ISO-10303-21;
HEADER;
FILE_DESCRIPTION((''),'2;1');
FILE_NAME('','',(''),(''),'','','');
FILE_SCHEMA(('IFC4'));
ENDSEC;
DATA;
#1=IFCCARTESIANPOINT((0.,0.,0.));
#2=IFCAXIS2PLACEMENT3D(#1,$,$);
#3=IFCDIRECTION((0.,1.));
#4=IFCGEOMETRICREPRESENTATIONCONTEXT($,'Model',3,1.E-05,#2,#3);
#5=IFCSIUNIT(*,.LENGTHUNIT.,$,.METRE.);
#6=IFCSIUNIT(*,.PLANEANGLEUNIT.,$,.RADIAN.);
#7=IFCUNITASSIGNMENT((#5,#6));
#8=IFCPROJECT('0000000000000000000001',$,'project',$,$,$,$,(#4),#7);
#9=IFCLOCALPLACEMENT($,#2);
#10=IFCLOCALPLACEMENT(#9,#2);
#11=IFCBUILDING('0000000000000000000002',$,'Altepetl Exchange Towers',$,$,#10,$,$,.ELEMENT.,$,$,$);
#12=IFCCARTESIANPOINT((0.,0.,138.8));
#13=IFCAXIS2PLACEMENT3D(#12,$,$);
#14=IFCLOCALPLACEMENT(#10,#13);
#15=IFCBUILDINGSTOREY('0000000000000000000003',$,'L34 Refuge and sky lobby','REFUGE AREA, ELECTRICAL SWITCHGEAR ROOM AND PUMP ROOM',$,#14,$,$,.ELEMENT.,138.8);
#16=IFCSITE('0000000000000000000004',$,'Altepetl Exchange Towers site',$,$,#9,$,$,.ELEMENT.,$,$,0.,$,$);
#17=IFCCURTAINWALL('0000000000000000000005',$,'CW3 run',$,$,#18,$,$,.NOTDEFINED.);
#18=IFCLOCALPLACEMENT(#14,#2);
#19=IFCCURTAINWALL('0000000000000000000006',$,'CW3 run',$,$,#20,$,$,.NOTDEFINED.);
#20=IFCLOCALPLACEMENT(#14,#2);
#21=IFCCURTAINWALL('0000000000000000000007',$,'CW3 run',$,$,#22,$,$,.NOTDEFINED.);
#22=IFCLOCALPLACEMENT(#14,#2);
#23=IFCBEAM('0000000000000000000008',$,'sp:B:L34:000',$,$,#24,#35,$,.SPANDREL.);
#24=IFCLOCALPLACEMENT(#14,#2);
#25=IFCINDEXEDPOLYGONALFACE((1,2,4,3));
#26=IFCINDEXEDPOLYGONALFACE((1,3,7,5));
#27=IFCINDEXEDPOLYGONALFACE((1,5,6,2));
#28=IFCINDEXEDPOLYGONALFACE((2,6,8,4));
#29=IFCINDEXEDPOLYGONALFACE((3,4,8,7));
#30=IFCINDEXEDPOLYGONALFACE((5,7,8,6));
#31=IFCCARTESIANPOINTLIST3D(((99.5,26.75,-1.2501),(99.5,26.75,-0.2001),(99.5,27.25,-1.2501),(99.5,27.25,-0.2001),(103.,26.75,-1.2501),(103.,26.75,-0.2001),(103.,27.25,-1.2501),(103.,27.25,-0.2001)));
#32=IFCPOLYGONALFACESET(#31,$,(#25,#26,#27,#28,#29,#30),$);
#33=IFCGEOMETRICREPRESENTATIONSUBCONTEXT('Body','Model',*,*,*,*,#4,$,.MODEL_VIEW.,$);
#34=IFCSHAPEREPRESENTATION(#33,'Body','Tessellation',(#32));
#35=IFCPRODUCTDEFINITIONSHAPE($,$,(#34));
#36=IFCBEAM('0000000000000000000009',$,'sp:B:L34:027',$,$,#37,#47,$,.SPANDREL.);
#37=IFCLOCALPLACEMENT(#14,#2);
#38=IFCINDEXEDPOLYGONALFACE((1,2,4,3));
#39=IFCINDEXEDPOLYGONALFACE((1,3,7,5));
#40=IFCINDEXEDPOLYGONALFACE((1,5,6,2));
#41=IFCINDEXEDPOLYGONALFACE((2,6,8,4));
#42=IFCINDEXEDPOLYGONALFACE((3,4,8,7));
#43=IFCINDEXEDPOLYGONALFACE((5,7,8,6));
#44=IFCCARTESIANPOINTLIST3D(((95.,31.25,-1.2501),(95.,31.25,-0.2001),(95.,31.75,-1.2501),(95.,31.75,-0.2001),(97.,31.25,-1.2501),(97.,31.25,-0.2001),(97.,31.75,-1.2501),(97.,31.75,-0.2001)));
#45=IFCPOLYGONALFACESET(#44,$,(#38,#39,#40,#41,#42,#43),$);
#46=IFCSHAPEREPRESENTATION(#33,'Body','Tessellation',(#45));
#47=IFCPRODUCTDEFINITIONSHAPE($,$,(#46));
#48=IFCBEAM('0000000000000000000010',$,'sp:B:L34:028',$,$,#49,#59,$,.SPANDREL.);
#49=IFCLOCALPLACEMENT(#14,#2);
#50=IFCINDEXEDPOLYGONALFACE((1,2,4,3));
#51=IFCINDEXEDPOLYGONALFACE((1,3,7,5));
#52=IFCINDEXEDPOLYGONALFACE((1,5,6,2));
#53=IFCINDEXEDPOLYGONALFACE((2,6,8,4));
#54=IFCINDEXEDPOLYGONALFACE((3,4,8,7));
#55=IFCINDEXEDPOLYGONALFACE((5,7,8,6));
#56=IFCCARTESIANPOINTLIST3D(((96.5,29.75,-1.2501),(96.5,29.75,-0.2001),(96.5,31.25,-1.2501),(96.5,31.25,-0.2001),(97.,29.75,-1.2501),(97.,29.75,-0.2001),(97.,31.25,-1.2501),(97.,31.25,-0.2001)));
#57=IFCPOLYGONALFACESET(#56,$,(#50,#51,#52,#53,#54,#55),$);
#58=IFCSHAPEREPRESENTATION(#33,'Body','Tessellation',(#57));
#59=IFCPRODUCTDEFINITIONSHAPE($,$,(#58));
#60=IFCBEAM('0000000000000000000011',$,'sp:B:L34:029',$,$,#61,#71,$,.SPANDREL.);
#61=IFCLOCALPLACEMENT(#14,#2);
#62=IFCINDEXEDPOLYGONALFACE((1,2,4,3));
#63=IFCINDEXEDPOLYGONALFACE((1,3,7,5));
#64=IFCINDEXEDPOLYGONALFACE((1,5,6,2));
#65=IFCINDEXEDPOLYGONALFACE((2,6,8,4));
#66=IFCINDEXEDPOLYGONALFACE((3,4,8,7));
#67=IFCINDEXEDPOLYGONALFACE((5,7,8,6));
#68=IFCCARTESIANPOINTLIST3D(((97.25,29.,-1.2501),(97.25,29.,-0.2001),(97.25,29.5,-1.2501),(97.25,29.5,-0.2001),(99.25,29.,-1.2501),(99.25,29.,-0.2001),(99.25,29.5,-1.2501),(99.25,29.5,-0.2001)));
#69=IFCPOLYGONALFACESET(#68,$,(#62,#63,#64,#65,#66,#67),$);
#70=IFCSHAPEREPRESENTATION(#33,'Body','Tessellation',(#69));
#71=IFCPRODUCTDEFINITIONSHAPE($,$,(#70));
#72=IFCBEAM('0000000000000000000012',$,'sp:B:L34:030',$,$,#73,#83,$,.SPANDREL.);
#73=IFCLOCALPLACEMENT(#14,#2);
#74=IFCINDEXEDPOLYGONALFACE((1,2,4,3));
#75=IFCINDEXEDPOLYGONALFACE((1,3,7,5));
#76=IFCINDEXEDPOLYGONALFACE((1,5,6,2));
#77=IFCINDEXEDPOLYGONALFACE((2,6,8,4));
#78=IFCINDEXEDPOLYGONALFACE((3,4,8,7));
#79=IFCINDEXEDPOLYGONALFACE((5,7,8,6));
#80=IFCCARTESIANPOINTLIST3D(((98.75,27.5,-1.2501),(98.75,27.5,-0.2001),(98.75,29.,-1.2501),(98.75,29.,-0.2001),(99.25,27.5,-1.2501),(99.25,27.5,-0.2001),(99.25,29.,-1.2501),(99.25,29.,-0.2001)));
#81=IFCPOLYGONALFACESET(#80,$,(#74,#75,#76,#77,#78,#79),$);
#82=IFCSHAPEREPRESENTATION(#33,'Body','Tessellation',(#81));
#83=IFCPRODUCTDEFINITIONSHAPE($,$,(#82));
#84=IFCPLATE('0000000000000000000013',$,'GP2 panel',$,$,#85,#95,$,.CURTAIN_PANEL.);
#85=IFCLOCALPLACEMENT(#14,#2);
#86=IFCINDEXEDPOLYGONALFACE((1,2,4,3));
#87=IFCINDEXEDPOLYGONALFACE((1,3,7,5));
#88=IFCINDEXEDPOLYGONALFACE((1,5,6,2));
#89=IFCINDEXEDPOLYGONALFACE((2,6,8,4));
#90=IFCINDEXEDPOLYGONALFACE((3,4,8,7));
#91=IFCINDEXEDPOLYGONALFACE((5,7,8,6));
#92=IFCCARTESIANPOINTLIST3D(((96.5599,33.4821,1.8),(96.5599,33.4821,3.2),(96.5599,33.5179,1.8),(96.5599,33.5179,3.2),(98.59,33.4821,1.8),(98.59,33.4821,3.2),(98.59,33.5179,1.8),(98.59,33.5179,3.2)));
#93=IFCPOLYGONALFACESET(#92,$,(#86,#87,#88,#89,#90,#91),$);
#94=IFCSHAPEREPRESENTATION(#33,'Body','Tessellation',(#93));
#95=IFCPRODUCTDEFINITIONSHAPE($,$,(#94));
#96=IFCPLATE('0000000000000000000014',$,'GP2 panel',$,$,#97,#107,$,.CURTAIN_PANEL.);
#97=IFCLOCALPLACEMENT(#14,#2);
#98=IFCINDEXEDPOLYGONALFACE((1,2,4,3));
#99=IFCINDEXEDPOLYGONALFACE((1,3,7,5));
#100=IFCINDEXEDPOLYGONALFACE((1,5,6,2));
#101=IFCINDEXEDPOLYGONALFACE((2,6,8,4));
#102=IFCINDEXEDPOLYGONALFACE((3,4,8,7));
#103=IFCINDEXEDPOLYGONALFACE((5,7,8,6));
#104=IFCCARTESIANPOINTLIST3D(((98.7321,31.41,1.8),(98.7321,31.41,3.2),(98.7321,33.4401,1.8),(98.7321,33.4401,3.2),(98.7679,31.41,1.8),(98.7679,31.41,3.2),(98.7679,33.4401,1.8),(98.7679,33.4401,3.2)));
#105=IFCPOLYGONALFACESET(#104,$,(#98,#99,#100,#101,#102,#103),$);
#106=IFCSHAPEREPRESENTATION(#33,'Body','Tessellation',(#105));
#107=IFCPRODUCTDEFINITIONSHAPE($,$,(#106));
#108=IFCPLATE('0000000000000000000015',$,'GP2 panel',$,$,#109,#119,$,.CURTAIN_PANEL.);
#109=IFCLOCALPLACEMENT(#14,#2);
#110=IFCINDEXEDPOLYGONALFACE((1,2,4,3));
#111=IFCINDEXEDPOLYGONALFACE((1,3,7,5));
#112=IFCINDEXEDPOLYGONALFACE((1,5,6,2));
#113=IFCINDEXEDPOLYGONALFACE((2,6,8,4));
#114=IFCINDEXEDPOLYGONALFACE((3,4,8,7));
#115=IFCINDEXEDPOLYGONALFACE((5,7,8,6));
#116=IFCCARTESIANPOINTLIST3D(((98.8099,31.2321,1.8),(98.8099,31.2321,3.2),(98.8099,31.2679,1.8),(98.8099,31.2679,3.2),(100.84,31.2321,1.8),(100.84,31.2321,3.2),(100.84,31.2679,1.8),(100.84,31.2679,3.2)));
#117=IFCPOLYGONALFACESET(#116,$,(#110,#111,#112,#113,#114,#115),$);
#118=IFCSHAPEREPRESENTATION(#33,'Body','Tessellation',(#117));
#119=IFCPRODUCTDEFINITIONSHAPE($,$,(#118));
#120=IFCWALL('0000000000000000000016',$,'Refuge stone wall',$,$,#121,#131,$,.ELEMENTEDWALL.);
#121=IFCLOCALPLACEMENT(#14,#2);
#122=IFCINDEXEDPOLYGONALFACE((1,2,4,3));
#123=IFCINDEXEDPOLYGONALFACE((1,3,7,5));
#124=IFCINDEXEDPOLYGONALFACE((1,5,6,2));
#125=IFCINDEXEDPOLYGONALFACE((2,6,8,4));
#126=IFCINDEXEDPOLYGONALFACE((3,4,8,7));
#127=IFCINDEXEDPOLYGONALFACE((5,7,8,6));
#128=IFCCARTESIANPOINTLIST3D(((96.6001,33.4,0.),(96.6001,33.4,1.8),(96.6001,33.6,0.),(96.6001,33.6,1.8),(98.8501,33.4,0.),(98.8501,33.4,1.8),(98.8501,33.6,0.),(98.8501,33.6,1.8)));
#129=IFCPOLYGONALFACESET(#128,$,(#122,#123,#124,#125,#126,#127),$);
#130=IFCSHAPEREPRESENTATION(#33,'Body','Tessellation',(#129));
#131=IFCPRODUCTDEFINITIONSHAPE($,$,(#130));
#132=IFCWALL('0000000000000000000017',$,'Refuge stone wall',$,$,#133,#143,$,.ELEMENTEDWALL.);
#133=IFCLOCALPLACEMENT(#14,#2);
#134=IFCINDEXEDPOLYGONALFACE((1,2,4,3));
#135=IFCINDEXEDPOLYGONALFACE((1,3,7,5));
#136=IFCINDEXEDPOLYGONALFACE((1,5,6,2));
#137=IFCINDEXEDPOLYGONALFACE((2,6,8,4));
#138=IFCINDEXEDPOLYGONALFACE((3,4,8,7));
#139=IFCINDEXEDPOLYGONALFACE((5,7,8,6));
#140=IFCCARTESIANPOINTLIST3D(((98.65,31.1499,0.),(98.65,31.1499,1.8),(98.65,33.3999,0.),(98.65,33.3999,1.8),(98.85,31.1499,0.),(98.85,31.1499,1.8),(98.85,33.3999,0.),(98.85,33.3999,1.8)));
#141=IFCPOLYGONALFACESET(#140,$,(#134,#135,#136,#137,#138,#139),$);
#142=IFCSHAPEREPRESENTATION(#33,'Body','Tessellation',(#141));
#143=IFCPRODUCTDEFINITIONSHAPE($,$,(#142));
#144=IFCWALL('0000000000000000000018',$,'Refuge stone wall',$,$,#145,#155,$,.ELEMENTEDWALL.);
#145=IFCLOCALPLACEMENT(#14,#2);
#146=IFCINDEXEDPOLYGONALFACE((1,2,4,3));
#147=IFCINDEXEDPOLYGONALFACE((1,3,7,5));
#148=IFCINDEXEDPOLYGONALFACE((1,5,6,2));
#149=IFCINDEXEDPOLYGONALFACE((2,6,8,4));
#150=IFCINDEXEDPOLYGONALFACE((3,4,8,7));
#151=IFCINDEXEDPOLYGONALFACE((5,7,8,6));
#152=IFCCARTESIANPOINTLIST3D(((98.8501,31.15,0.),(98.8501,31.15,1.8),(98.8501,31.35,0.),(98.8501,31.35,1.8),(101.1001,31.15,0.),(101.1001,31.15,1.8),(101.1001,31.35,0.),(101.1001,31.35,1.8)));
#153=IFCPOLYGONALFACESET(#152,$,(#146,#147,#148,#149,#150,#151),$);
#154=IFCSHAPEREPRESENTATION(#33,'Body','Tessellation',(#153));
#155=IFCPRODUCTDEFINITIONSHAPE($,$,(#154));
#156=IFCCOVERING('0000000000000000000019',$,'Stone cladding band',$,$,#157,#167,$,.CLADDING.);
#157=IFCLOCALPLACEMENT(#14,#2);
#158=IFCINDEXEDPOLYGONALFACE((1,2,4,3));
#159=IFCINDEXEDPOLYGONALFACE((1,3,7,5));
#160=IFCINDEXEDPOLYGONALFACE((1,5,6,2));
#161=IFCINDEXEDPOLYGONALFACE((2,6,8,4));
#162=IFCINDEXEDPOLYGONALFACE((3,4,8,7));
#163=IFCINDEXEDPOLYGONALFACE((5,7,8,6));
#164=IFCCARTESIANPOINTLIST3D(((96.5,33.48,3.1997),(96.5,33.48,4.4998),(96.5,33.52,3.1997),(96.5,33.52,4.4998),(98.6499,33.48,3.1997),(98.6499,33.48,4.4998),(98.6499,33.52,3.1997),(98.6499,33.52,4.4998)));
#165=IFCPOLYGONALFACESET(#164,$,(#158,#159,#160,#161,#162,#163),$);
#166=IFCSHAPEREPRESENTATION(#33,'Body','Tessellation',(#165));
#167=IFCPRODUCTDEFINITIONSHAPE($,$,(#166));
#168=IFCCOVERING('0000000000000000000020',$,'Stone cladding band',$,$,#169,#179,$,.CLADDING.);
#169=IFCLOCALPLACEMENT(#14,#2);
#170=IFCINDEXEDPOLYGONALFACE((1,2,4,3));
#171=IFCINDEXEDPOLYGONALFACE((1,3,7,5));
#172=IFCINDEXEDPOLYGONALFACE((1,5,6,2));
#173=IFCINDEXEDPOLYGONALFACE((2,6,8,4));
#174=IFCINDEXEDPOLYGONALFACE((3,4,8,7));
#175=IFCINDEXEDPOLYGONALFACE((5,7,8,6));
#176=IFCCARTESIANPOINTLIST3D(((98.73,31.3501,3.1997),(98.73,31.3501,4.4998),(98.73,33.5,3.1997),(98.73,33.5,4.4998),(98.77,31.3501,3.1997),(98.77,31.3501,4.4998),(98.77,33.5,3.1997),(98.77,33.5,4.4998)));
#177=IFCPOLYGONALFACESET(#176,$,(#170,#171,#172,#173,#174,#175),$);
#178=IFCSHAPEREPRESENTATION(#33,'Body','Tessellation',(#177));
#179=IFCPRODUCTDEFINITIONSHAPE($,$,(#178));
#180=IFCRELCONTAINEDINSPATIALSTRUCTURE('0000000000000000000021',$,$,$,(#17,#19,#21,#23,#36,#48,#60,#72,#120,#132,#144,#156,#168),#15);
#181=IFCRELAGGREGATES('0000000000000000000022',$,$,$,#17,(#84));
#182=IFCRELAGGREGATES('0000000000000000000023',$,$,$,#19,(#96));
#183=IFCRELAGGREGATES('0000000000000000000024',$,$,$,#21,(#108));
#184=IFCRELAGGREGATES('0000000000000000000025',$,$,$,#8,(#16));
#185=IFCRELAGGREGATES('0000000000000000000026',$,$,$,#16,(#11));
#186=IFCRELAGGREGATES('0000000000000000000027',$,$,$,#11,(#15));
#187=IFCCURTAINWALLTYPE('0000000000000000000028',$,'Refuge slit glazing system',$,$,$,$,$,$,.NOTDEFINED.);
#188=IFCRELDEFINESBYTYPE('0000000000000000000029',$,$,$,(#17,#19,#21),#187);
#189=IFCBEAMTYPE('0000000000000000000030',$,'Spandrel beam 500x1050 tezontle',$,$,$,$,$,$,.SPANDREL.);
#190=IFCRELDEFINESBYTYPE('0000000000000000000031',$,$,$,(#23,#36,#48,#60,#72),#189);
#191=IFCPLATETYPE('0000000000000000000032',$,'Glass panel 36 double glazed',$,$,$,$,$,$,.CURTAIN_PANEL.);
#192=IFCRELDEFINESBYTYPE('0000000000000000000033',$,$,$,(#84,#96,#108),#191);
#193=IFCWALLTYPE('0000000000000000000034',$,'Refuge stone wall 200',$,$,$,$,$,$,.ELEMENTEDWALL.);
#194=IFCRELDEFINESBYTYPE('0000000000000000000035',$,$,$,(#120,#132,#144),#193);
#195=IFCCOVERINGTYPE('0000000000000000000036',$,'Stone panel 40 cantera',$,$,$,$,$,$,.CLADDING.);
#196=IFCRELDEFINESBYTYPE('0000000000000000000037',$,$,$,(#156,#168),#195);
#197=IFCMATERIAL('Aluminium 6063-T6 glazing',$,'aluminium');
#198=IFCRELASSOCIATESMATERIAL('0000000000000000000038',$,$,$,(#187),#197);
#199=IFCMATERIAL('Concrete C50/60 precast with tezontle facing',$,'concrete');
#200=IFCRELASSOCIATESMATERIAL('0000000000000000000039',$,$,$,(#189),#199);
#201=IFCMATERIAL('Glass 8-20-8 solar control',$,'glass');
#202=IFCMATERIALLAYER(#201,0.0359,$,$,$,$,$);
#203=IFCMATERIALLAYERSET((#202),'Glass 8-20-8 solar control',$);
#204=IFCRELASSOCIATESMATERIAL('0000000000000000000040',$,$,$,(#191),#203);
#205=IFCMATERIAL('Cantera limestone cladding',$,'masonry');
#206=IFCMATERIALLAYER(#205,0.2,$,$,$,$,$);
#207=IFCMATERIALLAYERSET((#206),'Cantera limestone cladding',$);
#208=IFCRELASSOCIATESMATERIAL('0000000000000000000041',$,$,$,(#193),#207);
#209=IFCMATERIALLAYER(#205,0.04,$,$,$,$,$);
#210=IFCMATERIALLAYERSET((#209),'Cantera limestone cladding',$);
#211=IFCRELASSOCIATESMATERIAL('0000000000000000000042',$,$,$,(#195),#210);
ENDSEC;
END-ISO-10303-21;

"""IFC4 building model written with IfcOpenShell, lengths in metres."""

from ifc_helpers import new_model, si_unit, direction, frame, frame_2d, origin, origin_2d, place, context, subcontext, project, spatial, rectangle, extrude, material, layer, layer_set, material_profile, profile_set, type_object, element, aggregate, save


model = new_model("IFC4")

# Units and contexts
model_context = context("Model", 3, precision=1e-05, world=origin(), true_north=direction((0.0, 1.0)))
body_context = subcontext(model_context, "Body", "Model", "MODEL_VIEW")
ifc_project = project(units=[si_unit("LENGTHUNIT", "METRE"), si_unit("PLANEANGLEUNIT", "RADIAN")], contexts=[model_context])

# Site, building, storey
site_placement = place(None, origin())
site = spatial("IfcSite", under=ifc_project, at=site_placement, Name="Altepetl Exchange Towers site", CompositionType="ELEMENT", RefElevation=0.0)
building_placement = place(site_placement, origin())
building = spatial("IfcBuilding", under=site, at=building_placement, Name="Altepetl Exchange Towers", CompositionType="ELEMENT")
storey_placement = place(building_placement, frame((0.0, 0.0, 138.8)))
storey = spatial("IfcBuildingStorey", under=building, at=storey_placement, Name="L34 Refuge and sky lobby", Description="REFUGE AREA, ELECTRICAL SWITCHGEAR ROOM AND PUMP ROOM", CompositionType="ELEMENT", Elevation=138.8)

# Shared definitions
ifc_material_1 = material(Name="Aluminium 6063-T6 glazing", Category="aluminium")
curtain_wall_type = type_object("IfcCurtainWallType", Name="Refuge slit glazing system", PredefinedType="NOTDEFINED", material=ifc_material_1)

# Curtain walls
curtain_wall_1_placement = place(storey_placement, origin())
curtain_wall_1 = element("IfcCurtainWall", 1, at=curtain_wall_1_placement, inside=storey, type_object=curtain_wall_type, Name="CW3 run", PredefinedType="NOTDEFINED")
curtain_wall_2_placement = place(storey_placement, origin())
curtain_wall_2 = element("IfcCurtainWall", 2, at=curtain_wall_2_placement, inside=storey, type_object=curtain_wall_type, Name="CW3 run", PredefinedType="NOTDEFINED")

# Curtain wall
curtain_wall_3_placement = place(storey_placement, origin())
curtain_wall_3 = element("IfcCurtainWall", 3, at=curtain_wall_3_placement, inside=storey, type_object=curtain_wall_type, Name="CW3 run", PredefinedType="NOTDEFINED")

# Beams
ifc_material_2 = material(Name="Concrete C50/60 precast with tezontle facing", Category="concrete")
ifc_material_profile_1 = material_profile(ifc_material_2, rectangle(XDim=0.5, YDim=1.05, at=origin_2d()), Name="500 x 1050")
ifc_profile_set_1 = profile_set([ifc_material_profile_1], Name="Concrete C50/60 precast with tezontle facing")
beam_type_1 = type_object("IfcBeamType", Name="Spandrel beam 500x1050 tezontle", PredefinedType="SPANDREL", material=ifc_profile_set_1)
beam_1_placement = place(storey_placement, frame((99.5, 27.0, -0.7251), z_axis=(1.0, 0.0, 0.0), x_axis=(0.0, 1.0, 0.0)))
element("IfcBeam", 4, at=beam_1_placement, inside=storey, type_object=beam_type_1, Name="sp:B:L34:000", PredefinedType="SPANDREL", context=body_context, shape_type="SweptSolid", body=[
    extrude(rectangle(XDim=0.5, YDim=1.05, at=origin_2d()), origin(), (0.0, 0.0, 1.0), 3.5),
])
beam_2_placement = place(storey_placement, frame((95.0, 31.5, -0.7251), z_axis=(1.0, 0.0, 0.0), x_axis=(0.0, 1.0, 0.0)))
element("IfcBeam", 5, at=beam_2_placement, inside=storey, type_object=beam_type_1, Name="sp:B:L34:027", PredefinedType="SPANDREL", context=body_context, shape_type="SweptSolid", body=[
    extrude(rectangle(XDim=0.5, YDim=1.05, at=origin_2d()), origin(), (0.0, 0.0, 1.0), 2.0),
])
beam_3_placement = place(storey_placement, frame((96.75, 31.25, -0.7251), z_axis=(0.0, -1.0, 0.0), x_axis=(1.0, 0.0, 0.0)))
element("IfcBeam", 6, at=beam_3_placement, inside=storey, type_object=beam_type_1, Name="sp:B:L34:028", PredefinedType="SPANDREL", context=body_context, shape_type="SweptSolid", body=[
    extrude(rectangle(XDim=0.5, YDim=1.05, at=origin_2d()), origin(), (0.0, 0.0, 1.0), 1.5),
])
beam_4_placement = place(storey_placement, frame((97.25, 29.25, -0.7251), z_axis=(1.0, 0.0, 0.0), x_axis=(0.0, 1.0, 0.0)))
element("IfcBeam", 7, at=beam_4_placement, inside=storey, type_object=beam_type_1, Name="sp:B:L34:029", PredefinedType="SPANDREL", context=body_context, shape_type="SweptSolid", body=[
    extrude(rectangle(XDim=0.5, YDim=1.05, at=origin_2d()), origin(), (0.0, 0.0, 1.0), 2.0),
])
beam_5_placement = place(storey_placement, frame((99.0, 29.0, -0.7251), z_axis=(0.0, -1.0, 0.0), x_axis=(1.0, 0.0, 0.0)))
element("IfcBeam", 8, at=beam_5_placement, inside=storey, type_object=beam_type_1, Name="sp:B:L34:030", PredefinedType="SPANDREL", context=body_context, shape_type="SweptSolid", body=[
    extrude(rectangle(XDim=0.5, YDim=1.05, at=origin_2d()), origin(), (0.0, 0.0, 1.0), 1.5),
])

# Plates
ifc_material_3 = material(Name="Glass 8-20-8 solar control", Category="glass")
ifc_layer_1 = layer(ifc_material_3, 0.0359)
ifc_layer_set_1 = layer_set([ifc_layer_1], Name="Glass 8-20-8 solar control")
plate_type = type_object("IfcPlateType", Name="Glass panel 36 double glazed", PredefinedType="CURTAIN_PANEL", material=ifc_layer_set_1)
plate_1_placement = place(storey_placement, frame((97.575, 33.5, 1.8)))
plate_1 = element("IfcPlate", 9, at=plate_1_placement, type_object=plate_type, Name="GP2 panel", PredefinedType="CURTAIN_PANEL", context=body_context, shape_type="SweptSolid", body=[
    extrude(rectangle(XDim=2.03, YDim=0.0359, at=origin_2d()), origin(), (0.0, 0.0, 1.0), 1.3999),
])
aggregate(curtain_wall_1, [plate_1])
plate_2_placement = place(storey_placement, frame((98.75, 32.425, 1.8), z_axis=(0.0, 0.0, 1.0), x_axis=(0.0, -1.0, 0.0)))
plate_2 = element("IfcPlate", 10, at=plate_2_placement, type_object=plate_type, Name="GP2 panel", PredefinedType="CURTAIN_PANEL", context=body_context, shape_type="SweptSolid", body=[
    extrude(rectangle(XDim=2.03, YDim=0.0359, at=origin_2d()), origin(), (0.0, 0.0, 1.0), 1.3999),
])
aggregate(curtain_wall_2, [plate_2])
plate_3_placement = place(storey_placement, frame((99.825, 31.25, 1.8)))
plate_3 = element("IfcPlate", 11, at=plate_3_placement, type_object=plate_type, Name="GP2 panel", PredefinedType="CURTAIN_PANEL", context=body_context, shape_type="SweptSolid", body=[
    extrude(rectangle(XDim=2.03, YDim=0.0359, at=origin_2d()), origin(), (0.0, 0.0, 1.0), 1.3999),
])
aggregate(curtain_wall_3, [plate_3])

# Walls
ifc_material_4 = material(Name="Cantera limestone cladding", Category="masonry")
ifc_layer_2 = layer(ifc_material_4, 0.2)
ifc_layer_set_2 = layer_set([ifc_layer_2], Name="Cantera limestone cladding")
wall_type = type_object("IfcWallType", Name="Refuge stone wall 200", PredefinedType="ELEMENTEDWALL", material=ifc_layer_set_2)
wall_1_placement = place(storey_placement, frame((96.6001, 33.5, 0.0)))
element("IfcWall", 12, at=wall_1_placement, inside=storey, type_object=wall_type, Name="Refuge stone wall", PredefinedType="ELEMENTEDWALL", context=body_context, shape_type="SweptSolid", body=[
    extrude(rectangle(XDim=2.25, YDim=0.2, at=frame_2d((1.125, 0.0))), origin(), (0.0, 0.0, 1.0), 1.8),
])
wall_2_placement = place(storey_placement, frame((98.75, 33.3999, 0.0), z_axis=(0.0, 0.0, 1.0), x_axis=(0.0, -1.0, 0.0)))
element("IfcWall", 13, at=wall_2_placement, inside=storey, type_object=wall_type, Name="Refuge stone wall", PredefinedType="ELEMENTEDWALL", context=body_context, shape_type="SweptSolid", body=[
    extrude(rectangle(XDim=2.25, YDim=0.2, at=frame_2d((1.125, 0.0))), origin(), (0.0, 0.0, 1.0), 1.8),
])
wall_3_placement = place(storey_placement, frame((98.8501, 31.25, 0.0)))
element("IfcWall", 14, at=wall_3_placement, inside=storey, type_object=wall_type, Name="Refuge stone wall", PredefinedType="ELEMENTEDWALL", context=body_context, shape_type="SweptSolid", body=[
    extrude(rectangle(XDim=2.25, YDim=0.2, at=frame_2d((1.125, 0.0))), origin(), (0.0, 0.0, 1.0), 1.8),
])

# Coverings
ifc_layer_3 = layer(ifc_material_4, 0.04)
ifc_layer_set_3 = layer_set([ifc_layer_3], Name="Cantera limestone cladding")
covering_type = type_object("IfcCoveringType", Name="Stone panel 40 cantera", PredefinedType="CLADDING", material=ifc_layer_set_3)
covering_1_placement = place(storey_placement, frame((97.575, 33.5, 3.1997)))
element("IfcCovering", 15, at=covering_1_placement, inside=storey, type_object=covering_type, Name="Stone cladding band", PredefinedType="CLADDING", context=body_context, shape_type="SweptSolid", body=[
    extrude(rectangle(XDim=2.1499, YDim=0.04, at=origin_2d()), origin(), (0.0, 0.0, 1.0), 1.3),
])
covering_2_placement = place(storey_placement, frame((98.75, 32.425, 3.1997), z_axis=(0.0, 0.0, 1.0), x_axis=(0.0, -1.0, 0.0)))
element("IfcCovering", 16, at=covering_2_placement, inside=storey, type_object=covering_type, Name="Stone cladding band", PredefinedType="CLADDING", context=body_context, shape_type="SweptSolid", body=[
    extrude(rectangle(XDim=2.1499, YDim=0.04, at=origin_2d()), origin(), (0.0, 0.0, 1.0), 1.3),
])

save(model, "model.ifc")
